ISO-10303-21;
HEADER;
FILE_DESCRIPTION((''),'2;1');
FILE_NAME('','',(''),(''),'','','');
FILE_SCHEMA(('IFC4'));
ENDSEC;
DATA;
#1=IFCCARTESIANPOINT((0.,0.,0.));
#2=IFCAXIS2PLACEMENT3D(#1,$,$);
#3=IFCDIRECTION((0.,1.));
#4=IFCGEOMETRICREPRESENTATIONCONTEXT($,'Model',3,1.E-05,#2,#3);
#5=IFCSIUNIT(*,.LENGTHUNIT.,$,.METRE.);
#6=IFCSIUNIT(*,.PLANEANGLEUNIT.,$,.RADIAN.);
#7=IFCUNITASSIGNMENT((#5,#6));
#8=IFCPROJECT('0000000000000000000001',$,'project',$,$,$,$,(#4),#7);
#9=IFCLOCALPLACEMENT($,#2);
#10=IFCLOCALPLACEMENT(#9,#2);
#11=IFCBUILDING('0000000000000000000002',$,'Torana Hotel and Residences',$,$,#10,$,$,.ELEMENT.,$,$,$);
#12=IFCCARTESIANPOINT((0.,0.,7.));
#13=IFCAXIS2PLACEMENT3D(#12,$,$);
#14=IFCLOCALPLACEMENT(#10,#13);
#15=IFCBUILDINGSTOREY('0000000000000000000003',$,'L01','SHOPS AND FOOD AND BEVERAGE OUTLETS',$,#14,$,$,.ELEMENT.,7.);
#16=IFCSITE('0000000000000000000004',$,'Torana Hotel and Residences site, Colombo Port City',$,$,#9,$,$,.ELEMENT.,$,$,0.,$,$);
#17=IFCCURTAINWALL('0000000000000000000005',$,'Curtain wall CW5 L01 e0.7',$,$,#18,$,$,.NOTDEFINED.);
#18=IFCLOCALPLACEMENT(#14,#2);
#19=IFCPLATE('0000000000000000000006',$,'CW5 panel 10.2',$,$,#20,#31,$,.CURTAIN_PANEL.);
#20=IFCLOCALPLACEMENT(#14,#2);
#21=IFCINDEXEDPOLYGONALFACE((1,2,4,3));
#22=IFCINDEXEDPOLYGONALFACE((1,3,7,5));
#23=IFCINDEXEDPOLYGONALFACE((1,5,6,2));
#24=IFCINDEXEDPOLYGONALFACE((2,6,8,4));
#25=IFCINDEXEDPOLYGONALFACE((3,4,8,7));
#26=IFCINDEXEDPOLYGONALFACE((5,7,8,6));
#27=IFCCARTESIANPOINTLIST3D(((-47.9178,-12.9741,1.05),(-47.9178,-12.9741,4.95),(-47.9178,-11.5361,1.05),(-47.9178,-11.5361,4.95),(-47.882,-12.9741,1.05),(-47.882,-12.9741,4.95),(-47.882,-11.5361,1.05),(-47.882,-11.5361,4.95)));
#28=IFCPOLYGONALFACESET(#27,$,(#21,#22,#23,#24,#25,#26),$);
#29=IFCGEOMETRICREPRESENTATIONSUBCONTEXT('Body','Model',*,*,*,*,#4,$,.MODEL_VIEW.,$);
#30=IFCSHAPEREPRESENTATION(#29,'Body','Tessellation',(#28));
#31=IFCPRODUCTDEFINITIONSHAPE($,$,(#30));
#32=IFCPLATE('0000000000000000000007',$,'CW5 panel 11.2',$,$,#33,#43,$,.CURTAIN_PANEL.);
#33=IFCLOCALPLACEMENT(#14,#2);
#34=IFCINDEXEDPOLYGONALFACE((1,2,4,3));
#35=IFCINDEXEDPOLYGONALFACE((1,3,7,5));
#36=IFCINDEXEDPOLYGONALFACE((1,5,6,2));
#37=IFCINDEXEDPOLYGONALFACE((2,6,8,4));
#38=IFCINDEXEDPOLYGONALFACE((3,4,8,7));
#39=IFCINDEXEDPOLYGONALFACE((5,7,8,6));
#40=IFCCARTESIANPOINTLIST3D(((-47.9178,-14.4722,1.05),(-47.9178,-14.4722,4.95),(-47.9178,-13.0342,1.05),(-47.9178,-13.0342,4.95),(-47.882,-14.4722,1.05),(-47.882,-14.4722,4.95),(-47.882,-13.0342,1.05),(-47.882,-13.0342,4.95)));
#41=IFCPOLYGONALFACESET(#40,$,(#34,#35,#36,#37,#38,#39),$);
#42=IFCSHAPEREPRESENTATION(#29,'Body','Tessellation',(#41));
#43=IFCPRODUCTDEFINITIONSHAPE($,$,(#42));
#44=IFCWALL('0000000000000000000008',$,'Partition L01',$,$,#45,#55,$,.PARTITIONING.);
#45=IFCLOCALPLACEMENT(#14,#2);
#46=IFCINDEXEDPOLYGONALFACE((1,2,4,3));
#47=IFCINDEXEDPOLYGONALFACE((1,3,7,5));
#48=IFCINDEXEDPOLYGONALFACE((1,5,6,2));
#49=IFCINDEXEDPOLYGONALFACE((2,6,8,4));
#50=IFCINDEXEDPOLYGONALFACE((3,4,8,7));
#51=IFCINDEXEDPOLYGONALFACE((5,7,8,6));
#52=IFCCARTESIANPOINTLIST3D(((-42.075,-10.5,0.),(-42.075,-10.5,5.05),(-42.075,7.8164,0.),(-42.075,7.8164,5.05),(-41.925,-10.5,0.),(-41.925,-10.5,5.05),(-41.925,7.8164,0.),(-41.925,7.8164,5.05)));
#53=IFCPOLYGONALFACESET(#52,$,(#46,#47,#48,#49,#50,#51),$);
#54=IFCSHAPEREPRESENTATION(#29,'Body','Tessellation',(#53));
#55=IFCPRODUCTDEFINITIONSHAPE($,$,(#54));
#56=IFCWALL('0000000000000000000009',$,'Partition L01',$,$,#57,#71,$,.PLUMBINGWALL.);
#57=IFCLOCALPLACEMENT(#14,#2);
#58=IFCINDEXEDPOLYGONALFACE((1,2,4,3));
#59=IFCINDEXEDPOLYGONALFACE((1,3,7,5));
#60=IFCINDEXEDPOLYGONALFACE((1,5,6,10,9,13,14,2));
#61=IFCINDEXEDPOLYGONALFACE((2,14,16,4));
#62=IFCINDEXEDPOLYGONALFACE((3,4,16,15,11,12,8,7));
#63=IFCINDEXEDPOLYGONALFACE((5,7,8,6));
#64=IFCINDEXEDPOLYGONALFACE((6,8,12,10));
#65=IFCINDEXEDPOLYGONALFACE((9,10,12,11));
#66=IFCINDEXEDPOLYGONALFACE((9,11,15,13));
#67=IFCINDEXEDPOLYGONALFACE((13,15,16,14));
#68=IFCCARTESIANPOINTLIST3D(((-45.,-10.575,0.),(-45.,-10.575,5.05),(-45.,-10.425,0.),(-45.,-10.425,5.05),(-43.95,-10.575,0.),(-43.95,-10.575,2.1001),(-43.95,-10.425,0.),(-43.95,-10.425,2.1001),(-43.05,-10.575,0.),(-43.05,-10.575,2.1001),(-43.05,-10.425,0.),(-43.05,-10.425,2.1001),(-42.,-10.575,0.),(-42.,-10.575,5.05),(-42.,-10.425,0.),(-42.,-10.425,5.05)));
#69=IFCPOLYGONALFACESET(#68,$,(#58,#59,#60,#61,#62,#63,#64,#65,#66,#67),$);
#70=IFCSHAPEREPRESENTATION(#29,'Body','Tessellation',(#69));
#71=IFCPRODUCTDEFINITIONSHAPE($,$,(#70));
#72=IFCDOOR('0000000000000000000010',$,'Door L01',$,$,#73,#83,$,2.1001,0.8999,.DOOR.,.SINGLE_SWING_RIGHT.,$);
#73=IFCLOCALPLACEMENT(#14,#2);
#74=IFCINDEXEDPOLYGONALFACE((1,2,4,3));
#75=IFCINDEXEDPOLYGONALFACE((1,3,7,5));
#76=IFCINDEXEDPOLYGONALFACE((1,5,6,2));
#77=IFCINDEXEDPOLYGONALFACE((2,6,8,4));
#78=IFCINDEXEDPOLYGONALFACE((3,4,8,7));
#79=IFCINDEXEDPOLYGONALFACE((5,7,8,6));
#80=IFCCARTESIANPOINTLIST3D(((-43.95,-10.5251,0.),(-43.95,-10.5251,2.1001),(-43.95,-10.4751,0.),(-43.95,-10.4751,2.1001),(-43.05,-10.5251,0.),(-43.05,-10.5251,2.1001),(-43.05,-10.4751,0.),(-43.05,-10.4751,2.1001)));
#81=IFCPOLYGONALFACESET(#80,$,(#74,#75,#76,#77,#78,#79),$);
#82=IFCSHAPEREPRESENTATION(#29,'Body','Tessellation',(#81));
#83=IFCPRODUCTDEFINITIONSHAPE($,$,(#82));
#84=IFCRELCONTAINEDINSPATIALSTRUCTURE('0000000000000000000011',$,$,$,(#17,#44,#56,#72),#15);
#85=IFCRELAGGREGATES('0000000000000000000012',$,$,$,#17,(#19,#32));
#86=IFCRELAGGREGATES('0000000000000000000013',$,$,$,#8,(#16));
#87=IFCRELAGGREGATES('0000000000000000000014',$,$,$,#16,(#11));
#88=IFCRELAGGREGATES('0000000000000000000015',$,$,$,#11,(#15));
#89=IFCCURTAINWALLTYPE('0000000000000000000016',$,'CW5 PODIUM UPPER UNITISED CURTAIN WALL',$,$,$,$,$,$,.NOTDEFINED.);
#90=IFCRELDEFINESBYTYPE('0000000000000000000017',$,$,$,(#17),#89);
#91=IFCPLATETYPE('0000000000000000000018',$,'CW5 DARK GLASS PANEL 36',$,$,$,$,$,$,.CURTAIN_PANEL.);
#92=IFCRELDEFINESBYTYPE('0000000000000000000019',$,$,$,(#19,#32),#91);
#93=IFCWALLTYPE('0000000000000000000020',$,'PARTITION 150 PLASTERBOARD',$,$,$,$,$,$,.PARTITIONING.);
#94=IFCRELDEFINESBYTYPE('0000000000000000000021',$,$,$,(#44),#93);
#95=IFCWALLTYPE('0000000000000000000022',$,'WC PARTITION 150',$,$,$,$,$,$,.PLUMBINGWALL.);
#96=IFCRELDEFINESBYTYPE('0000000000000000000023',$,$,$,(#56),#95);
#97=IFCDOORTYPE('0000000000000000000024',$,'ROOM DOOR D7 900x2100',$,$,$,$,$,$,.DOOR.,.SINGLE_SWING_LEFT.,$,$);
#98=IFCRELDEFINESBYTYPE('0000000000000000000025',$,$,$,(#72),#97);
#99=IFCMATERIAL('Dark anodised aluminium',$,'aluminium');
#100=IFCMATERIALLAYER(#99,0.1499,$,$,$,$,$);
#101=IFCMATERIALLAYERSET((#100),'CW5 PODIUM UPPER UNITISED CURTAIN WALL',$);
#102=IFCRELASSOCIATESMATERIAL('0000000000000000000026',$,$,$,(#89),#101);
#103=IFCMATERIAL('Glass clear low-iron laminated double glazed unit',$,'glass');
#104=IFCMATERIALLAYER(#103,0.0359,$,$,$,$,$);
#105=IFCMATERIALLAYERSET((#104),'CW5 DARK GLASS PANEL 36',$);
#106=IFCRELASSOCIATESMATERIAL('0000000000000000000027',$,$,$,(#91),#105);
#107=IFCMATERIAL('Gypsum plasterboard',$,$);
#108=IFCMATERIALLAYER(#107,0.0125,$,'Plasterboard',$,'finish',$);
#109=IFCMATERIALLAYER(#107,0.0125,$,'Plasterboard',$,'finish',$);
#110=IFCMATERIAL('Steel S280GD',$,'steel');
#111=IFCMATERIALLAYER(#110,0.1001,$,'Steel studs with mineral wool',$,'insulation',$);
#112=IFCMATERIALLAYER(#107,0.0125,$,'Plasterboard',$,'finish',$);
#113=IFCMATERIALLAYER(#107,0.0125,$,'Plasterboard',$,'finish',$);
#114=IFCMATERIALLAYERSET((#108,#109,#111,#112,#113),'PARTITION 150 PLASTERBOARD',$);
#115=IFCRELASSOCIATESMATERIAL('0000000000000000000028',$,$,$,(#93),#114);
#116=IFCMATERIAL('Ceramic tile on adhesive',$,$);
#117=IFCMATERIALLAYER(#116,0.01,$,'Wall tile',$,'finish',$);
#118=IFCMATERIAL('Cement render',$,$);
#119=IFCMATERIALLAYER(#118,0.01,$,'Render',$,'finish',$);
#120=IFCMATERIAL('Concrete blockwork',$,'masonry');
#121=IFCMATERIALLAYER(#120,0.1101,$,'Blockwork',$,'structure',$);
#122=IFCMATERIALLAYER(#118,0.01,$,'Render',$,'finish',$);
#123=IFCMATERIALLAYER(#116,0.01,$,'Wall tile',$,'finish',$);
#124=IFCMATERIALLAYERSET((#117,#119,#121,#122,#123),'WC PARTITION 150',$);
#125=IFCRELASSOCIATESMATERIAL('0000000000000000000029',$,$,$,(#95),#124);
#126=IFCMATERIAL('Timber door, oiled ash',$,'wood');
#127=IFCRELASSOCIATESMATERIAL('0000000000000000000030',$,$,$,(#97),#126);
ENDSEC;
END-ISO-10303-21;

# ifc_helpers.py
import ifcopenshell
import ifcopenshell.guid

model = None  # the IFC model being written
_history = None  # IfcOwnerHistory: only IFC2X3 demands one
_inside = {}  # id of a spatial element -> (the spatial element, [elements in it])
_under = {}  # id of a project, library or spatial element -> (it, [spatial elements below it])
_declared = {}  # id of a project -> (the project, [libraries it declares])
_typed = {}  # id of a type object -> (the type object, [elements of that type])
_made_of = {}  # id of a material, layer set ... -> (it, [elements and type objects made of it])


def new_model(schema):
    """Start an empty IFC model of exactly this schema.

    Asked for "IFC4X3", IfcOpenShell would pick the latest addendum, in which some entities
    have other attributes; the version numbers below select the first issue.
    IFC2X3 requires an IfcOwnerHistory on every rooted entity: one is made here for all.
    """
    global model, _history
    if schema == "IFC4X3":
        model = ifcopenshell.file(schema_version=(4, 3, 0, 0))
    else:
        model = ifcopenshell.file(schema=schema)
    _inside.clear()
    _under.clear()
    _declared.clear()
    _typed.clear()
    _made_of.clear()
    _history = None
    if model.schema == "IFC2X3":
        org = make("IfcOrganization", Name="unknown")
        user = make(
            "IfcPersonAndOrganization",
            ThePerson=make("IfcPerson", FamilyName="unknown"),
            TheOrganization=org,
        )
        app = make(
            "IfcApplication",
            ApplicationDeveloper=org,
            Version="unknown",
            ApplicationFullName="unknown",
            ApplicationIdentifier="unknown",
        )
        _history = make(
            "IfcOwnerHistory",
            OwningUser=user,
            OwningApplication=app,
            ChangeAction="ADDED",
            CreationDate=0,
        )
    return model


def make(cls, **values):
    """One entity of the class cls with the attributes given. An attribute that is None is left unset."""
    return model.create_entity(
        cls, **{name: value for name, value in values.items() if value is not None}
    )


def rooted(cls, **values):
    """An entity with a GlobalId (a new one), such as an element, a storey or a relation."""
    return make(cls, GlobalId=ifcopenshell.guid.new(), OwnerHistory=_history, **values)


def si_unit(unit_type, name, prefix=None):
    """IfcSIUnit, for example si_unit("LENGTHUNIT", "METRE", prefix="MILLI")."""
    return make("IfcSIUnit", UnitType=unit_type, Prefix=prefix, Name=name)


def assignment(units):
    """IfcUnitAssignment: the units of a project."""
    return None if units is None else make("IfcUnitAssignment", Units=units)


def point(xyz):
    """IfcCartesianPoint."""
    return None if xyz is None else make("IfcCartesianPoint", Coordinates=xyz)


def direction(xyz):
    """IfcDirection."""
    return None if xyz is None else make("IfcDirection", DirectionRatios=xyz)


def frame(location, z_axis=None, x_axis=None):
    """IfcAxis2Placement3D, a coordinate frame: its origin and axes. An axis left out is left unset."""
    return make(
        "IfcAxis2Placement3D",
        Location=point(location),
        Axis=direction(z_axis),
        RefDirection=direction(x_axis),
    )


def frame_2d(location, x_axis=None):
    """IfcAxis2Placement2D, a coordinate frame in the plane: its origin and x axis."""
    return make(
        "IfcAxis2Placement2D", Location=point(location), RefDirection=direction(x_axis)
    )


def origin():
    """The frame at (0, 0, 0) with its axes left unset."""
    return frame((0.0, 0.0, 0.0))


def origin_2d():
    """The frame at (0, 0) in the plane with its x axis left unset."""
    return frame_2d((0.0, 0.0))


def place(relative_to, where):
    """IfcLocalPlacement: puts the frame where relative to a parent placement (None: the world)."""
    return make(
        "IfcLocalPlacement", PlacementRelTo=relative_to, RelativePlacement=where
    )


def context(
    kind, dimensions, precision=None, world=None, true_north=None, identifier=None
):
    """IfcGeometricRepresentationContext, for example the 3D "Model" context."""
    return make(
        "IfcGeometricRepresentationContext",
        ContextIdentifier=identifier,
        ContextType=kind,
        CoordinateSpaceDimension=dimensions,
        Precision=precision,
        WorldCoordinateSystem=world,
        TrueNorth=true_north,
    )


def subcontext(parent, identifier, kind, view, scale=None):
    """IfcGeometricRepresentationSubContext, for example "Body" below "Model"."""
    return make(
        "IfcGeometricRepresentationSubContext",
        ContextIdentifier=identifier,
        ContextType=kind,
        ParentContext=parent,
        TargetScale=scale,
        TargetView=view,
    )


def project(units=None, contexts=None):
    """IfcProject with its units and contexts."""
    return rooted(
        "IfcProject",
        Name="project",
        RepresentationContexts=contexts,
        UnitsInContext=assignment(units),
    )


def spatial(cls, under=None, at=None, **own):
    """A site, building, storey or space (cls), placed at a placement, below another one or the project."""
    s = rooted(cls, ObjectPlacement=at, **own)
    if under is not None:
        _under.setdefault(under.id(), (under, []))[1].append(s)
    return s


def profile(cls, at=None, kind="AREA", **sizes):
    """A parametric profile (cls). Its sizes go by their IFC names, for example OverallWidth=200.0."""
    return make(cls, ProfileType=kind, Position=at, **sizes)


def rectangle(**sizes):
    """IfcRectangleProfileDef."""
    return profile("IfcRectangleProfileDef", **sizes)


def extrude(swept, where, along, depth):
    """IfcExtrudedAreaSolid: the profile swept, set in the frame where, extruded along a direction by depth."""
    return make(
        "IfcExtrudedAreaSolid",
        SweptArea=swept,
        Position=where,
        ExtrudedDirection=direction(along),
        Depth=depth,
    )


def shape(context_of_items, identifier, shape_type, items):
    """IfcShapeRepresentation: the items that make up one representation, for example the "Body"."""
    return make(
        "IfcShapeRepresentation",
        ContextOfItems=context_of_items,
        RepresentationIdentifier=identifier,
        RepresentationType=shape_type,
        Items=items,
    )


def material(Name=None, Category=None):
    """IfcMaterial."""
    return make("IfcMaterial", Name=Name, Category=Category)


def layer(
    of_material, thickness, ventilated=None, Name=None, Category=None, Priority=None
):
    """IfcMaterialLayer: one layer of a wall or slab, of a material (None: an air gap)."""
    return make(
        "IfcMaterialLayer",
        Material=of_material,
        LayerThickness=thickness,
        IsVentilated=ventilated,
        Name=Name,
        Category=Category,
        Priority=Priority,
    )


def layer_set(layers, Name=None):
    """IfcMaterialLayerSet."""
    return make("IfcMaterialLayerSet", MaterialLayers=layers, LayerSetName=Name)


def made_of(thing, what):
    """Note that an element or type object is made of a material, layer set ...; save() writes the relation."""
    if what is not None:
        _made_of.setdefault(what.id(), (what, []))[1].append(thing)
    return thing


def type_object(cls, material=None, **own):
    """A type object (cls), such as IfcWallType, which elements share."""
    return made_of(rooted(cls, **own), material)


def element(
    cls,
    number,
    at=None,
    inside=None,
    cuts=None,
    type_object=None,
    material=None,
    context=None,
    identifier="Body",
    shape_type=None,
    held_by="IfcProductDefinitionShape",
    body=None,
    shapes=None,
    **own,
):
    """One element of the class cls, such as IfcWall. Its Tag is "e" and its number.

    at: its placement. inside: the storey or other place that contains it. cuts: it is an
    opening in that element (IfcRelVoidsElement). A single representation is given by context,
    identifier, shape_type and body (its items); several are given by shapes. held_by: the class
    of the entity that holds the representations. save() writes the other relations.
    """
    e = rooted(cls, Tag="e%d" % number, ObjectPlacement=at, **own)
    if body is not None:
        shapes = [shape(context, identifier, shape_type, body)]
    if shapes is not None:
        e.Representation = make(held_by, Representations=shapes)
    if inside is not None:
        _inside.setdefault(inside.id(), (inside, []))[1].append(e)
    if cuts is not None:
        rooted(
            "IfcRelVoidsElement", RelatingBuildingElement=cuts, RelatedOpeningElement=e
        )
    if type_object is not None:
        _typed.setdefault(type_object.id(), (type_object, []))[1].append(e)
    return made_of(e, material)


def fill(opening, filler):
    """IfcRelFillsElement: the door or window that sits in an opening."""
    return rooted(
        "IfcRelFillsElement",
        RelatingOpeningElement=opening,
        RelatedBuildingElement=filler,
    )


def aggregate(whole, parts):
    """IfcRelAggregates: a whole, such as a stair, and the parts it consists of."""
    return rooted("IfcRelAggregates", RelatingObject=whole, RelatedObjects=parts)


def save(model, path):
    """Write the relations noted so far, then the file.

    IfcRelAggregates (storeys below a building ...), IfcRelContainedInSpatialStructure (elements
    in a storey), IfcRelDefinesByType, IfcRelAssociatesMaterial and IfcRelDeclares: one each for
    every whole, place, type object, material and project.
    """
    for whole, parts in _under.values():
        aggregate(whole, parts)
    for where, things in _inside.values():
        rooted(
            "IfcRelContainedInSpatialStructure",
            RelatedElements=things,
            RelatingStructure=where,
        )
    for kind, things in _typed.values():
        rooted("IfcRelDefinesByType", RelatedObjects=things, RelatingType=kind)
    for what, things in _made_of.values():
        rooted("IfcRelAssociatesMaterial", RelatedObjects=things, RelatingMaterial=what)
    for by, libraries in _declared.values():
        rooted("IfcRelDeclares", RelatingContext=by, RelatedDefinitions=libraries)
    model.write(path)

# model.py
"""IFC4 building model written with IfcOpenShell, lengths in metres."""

from ifc_helpers import new_model, si_unit, direction, frame, frame_2d, origin, origin_2d, place, context, subcontext, project, spatial, rectangle, extrude, material, layer, layer_set, type_object, element, fill, aggregate, save


model = new_model("IFC4")

# Units and contexts
model_context = context("Model", 3, precision=1e-05, world=origin(), true_north=direction((0.0, 1.0)))
body_context = subcontext(model_context, "Body", "Model", "MODEL_VIEW")
ifc_project = project(units=[si_unit("LENGTHUNIT", "METRE"), si_unit("PLANEANGLEUNIT", "RADIAN")], contexts=[model_context])

# Site, building, storey
site_placement = place(None, origin())
site = spatial("IfcSite", under=ifc_project, at=site_placement, Name="Torana Hotel and Residences site, Colombo Port City", CompositionType="ELEMENT", RefElevation=0.0)
building_placement = place(site_placement, origin())
building = spatial("IfcBuilding", under=site, at=building_placement, Name="Torana Hotel and Residences", CompositionType="ELEMENT")
storey_placement = place(building_placement, frame((0.0, 0.0, 7.0)))
storey = spatial("IfcBuildingStorey", under=building, at=storey_placement, Name="L01", Description="SHOPS AND FOOD AND BEVERAGE OUTLETS", CompositionType="ELEMENT", Elevation=7.0)

# Curtain wall, plates
ifc_material_1 = material(Name="Dark anodised aluminium", Category="aluminium")
ifc_layer_1 = layer(ifc_material_1, 0.1499)
ifc_layer_set_1 = layer_set([ifc_layer_1], Name="CW5 PODIUM UPPER UNITISED CURTAIN WALL")
curtain_wall_type = type_object("IfcCurtainWallType", Name="CW5 PODIUM UPPER UNITISED CURTAIN WALL", PredefinedType="NOTDEFINED", material=ifc_layer_set_1)
curtain_wall_placement = place(storey_placement, origin())
curtain_wall = element("IfcCurtainWall", 1, at=curtain_wall_placement, inside=storey, type_object=curtain_wall_type, Name="Curtain wall CW5 L01 e0.7", PredefinedType="NOTDEFINED")
ifc_material_2 = material(Name="Glass clear low-iron laminated double glazed unit", Category="glass")
ifc_layer_2 = layer(ifc_material_2, 0.0359)
ifc_layer_set_2 = layer_set([ifc_layer_2], Name="CW5 DARK GLASS PANEL 36")
plate_type = type_object("IfcPlateType", Name="CW5 DARK GLASS PANEL 36", PredefinedType="CURTAIN_PANEL", material=ifc_layer_set_2)
plate_1_placement = place(storey_placement, frame((-47.8999, -12.2551, 1.05), z_axis=(0.0, 0.0, 1.0), x_axis=(0.0, -1.0, 0.0)))
plate_1 = element("IfcPlate", 2, at=plate_1_placement, type_object=plate_type, Name="CW5 panel 10.2", PredefinedType="CURTAIN_PANEL", context=body_context, shape_type="SweptSolid", body=[
    extrude(rectangle(XDim=1.438, YDim=0.0359, at=origin_2d()), origin(), (0.0, 0.0, 1.0), 3.8999),
])
plate_2_placement = place(storey_placement, frame((-47.8999, -13.7532, 1.05), z_axis=(0.0, 0.0, 1.0), x_axis=(0.0, -1.0, 0.0)))
plate_2 = element("IfcPlate", 3, at=plate_2_placement, type_object=plate_type, Name="CW5 panel 11.2", PredefinedType="CURTAIN_PANEL", context=body_context, shape_type="SweptSolid", body=[
    extrude(rectangle(XDim=1.438, YDim=0.0359, at=origin_2d()), origin(), (0.0, 0.0, 1.0), 3.8999),
])
aggregate(curtain_wall, [plate_1, plate_2])

# Wall
ifc_material_3 = material(Name="Gypsum plasterboard")
ifc_layer_3 = layer(ifc_material_3, 0.0125, Name="Plasterboard", Category="finish")
ifc_layer_4 = layer(ifc_material_3, 0.0125, Name="Plasterboard", Category="finish")
ifc_material_4 = material(Name="Steel S280GD", Category="steel")
ifc_layer_5 = layer(ifc_material_4, 0.1001, Name="Steel studs with mineral wool", Category="insulation")
ifc_layer_6 = layer(ifc_material_3, 0.0125, Name="Plasterboard", Category="finish")
ifc_layer_7 = layer(ifc_material_3, 0.0125, Name="Plasterboard", Category="finish")
ifc_layer_set_3 = layer_set([ifc_layer_3, ifc_layer_4, ifc_layer_5, ifc_layer_6, ifc_layer_7], Name="PARTITION 150 PLASTERBOARD")
wall_type_1 = type_object("IfcWallType", Name="PARTITION 150 PLASTERBOARD", PredefinedType="PARTITIONING", material=ifc_layer_set_3)
wall_1_placement = place(storey_placement, frame((-42.0, -10.5, 0.0), z_axis=(0.0, 0.0, 1.0), x_axis=(0.0, 1.0, 0.0)))
element("IfcWall", 4, at=wall_1_placement, inside=storey, type_object=wall_type_1, Name="Partition L01", PredefinedType="PARTITIONING", context=body_context, shape_type="SweptSolid", body=[
    extrude(rectangle(XDim=18.3164, YDim=0.1499, at=frame_2d((9.1582, 0.0))), origin(), (0.0, 0.0, 1.0), 5.05),
])

# Wall, opening, door
ifc_material_5 = material(Name="Ceramic tile on adhesive")
ifc_layer_8 = layer(ifc_material_5, 0.01, Name="Wall tile", Category="finish")
ifc_material_6 = material(Name="Cement render")
ifc_layer_9 = layer(ifc_material_6, 0.01, Name="Render", Category="finish")
ifc_material_7 = material(Name="Concrete blockwork", Category="masonry")
ifc_layer_10 = layer(ifc_material_7, 0.1101, Name="Blockwork", Category="structure")
ifc_layer_11 = layer(ifc_material_6, 0.01, Name="Render", Category="finish")
ifc_layer_12 = layer(ifc_material_5, 0.01, Name="Wall tile", Category="finish")
ifc_layer_set_4 = layer_set([ifc_layer_8, ifc_layer_9, ifc_layer_10, ifc_layer_11, ifc_layer_12], Name="WC PARTITION 150")
wall_type_2 = type_object("IfcWallType", Name="WC PARTITION 150", PredefinedType="PLUMBINGWALL", material=ifc_layer_set_4)
wall_2_placement = place(storey_placement, frame((-45.0, -10.5, 0.0), z_axis=(0.0, 0.0, 1.0), x_axis=(1.0, 0.0, 0.0)))
wall_2 = element("IfcWall", 5, at=wall_2_placement, inside=storey, type_object=wall_type_2, Name="Partition L01", PredefinedType="PLUMBINGWALL", context=body_context, shape_type="SweptSolid", body=[
    extrude(rectangle(XDim=3.0, YDim=0.1499, at=frame_2d((1.5, 0.0))), origin(), (0.0, 0.0, 1.0), 5.05),
])
opening_placement = place(wall_2_placement, frame((1.05, 0.0, 0.0)))
opening = element("IfcOpeningElement", 6, at=opening_placement, cuts=wall_2, PredefinedType="OPENING", context=body_context, shape_type="SweptSolid", body=[
    extrude(rectangle(XDim=0.8999, YDim=2.1001, at=frame_2d((0.45, 1.05))), frame((0.0, 0.085, 0.0), z_axis=(0.0, -1.0, 0.0), x_axis=(1.0, 0.0, 0.0)), (0.0, 0.0, 1.0), 0.1699),
])
ifc_material_8 = material(Name="Timber door, oiled ash", Category="wood")
door_type = type_object("IfcDoorType", Name="ROOM DOOR D7 900x2100", OperationType="SINGLE_SWING_LEFT", PredefinedType="DOOR", material=ifc_material_8)
door_placement = place(opening_placement, origin())
door = element("IfcDoor", 7, at=door_placement, inside=storey, type_object=door_type, Name="Door L01", OperationType="SINGLE_SWING_RIGHT", OverallHeight=2.1001, OverallWidth=0.8999, PredefinedType="DOOR", context=body_context, shape_type="SweptSolid", body=[
    extrude(rectangle(XDim=0.8999, YDim=2.1001, at=frame_2d((0.45, 1.05))), frame((0.0, 0.0249, 0.0), z_axis=(0.0, -1.0, 0.0), x_axis=(1.0, 0.0, 0.0)), (0.0, 0.0, 1.0), 0.05),
])
fill(opening, door)

save(model, "model.ifc")
